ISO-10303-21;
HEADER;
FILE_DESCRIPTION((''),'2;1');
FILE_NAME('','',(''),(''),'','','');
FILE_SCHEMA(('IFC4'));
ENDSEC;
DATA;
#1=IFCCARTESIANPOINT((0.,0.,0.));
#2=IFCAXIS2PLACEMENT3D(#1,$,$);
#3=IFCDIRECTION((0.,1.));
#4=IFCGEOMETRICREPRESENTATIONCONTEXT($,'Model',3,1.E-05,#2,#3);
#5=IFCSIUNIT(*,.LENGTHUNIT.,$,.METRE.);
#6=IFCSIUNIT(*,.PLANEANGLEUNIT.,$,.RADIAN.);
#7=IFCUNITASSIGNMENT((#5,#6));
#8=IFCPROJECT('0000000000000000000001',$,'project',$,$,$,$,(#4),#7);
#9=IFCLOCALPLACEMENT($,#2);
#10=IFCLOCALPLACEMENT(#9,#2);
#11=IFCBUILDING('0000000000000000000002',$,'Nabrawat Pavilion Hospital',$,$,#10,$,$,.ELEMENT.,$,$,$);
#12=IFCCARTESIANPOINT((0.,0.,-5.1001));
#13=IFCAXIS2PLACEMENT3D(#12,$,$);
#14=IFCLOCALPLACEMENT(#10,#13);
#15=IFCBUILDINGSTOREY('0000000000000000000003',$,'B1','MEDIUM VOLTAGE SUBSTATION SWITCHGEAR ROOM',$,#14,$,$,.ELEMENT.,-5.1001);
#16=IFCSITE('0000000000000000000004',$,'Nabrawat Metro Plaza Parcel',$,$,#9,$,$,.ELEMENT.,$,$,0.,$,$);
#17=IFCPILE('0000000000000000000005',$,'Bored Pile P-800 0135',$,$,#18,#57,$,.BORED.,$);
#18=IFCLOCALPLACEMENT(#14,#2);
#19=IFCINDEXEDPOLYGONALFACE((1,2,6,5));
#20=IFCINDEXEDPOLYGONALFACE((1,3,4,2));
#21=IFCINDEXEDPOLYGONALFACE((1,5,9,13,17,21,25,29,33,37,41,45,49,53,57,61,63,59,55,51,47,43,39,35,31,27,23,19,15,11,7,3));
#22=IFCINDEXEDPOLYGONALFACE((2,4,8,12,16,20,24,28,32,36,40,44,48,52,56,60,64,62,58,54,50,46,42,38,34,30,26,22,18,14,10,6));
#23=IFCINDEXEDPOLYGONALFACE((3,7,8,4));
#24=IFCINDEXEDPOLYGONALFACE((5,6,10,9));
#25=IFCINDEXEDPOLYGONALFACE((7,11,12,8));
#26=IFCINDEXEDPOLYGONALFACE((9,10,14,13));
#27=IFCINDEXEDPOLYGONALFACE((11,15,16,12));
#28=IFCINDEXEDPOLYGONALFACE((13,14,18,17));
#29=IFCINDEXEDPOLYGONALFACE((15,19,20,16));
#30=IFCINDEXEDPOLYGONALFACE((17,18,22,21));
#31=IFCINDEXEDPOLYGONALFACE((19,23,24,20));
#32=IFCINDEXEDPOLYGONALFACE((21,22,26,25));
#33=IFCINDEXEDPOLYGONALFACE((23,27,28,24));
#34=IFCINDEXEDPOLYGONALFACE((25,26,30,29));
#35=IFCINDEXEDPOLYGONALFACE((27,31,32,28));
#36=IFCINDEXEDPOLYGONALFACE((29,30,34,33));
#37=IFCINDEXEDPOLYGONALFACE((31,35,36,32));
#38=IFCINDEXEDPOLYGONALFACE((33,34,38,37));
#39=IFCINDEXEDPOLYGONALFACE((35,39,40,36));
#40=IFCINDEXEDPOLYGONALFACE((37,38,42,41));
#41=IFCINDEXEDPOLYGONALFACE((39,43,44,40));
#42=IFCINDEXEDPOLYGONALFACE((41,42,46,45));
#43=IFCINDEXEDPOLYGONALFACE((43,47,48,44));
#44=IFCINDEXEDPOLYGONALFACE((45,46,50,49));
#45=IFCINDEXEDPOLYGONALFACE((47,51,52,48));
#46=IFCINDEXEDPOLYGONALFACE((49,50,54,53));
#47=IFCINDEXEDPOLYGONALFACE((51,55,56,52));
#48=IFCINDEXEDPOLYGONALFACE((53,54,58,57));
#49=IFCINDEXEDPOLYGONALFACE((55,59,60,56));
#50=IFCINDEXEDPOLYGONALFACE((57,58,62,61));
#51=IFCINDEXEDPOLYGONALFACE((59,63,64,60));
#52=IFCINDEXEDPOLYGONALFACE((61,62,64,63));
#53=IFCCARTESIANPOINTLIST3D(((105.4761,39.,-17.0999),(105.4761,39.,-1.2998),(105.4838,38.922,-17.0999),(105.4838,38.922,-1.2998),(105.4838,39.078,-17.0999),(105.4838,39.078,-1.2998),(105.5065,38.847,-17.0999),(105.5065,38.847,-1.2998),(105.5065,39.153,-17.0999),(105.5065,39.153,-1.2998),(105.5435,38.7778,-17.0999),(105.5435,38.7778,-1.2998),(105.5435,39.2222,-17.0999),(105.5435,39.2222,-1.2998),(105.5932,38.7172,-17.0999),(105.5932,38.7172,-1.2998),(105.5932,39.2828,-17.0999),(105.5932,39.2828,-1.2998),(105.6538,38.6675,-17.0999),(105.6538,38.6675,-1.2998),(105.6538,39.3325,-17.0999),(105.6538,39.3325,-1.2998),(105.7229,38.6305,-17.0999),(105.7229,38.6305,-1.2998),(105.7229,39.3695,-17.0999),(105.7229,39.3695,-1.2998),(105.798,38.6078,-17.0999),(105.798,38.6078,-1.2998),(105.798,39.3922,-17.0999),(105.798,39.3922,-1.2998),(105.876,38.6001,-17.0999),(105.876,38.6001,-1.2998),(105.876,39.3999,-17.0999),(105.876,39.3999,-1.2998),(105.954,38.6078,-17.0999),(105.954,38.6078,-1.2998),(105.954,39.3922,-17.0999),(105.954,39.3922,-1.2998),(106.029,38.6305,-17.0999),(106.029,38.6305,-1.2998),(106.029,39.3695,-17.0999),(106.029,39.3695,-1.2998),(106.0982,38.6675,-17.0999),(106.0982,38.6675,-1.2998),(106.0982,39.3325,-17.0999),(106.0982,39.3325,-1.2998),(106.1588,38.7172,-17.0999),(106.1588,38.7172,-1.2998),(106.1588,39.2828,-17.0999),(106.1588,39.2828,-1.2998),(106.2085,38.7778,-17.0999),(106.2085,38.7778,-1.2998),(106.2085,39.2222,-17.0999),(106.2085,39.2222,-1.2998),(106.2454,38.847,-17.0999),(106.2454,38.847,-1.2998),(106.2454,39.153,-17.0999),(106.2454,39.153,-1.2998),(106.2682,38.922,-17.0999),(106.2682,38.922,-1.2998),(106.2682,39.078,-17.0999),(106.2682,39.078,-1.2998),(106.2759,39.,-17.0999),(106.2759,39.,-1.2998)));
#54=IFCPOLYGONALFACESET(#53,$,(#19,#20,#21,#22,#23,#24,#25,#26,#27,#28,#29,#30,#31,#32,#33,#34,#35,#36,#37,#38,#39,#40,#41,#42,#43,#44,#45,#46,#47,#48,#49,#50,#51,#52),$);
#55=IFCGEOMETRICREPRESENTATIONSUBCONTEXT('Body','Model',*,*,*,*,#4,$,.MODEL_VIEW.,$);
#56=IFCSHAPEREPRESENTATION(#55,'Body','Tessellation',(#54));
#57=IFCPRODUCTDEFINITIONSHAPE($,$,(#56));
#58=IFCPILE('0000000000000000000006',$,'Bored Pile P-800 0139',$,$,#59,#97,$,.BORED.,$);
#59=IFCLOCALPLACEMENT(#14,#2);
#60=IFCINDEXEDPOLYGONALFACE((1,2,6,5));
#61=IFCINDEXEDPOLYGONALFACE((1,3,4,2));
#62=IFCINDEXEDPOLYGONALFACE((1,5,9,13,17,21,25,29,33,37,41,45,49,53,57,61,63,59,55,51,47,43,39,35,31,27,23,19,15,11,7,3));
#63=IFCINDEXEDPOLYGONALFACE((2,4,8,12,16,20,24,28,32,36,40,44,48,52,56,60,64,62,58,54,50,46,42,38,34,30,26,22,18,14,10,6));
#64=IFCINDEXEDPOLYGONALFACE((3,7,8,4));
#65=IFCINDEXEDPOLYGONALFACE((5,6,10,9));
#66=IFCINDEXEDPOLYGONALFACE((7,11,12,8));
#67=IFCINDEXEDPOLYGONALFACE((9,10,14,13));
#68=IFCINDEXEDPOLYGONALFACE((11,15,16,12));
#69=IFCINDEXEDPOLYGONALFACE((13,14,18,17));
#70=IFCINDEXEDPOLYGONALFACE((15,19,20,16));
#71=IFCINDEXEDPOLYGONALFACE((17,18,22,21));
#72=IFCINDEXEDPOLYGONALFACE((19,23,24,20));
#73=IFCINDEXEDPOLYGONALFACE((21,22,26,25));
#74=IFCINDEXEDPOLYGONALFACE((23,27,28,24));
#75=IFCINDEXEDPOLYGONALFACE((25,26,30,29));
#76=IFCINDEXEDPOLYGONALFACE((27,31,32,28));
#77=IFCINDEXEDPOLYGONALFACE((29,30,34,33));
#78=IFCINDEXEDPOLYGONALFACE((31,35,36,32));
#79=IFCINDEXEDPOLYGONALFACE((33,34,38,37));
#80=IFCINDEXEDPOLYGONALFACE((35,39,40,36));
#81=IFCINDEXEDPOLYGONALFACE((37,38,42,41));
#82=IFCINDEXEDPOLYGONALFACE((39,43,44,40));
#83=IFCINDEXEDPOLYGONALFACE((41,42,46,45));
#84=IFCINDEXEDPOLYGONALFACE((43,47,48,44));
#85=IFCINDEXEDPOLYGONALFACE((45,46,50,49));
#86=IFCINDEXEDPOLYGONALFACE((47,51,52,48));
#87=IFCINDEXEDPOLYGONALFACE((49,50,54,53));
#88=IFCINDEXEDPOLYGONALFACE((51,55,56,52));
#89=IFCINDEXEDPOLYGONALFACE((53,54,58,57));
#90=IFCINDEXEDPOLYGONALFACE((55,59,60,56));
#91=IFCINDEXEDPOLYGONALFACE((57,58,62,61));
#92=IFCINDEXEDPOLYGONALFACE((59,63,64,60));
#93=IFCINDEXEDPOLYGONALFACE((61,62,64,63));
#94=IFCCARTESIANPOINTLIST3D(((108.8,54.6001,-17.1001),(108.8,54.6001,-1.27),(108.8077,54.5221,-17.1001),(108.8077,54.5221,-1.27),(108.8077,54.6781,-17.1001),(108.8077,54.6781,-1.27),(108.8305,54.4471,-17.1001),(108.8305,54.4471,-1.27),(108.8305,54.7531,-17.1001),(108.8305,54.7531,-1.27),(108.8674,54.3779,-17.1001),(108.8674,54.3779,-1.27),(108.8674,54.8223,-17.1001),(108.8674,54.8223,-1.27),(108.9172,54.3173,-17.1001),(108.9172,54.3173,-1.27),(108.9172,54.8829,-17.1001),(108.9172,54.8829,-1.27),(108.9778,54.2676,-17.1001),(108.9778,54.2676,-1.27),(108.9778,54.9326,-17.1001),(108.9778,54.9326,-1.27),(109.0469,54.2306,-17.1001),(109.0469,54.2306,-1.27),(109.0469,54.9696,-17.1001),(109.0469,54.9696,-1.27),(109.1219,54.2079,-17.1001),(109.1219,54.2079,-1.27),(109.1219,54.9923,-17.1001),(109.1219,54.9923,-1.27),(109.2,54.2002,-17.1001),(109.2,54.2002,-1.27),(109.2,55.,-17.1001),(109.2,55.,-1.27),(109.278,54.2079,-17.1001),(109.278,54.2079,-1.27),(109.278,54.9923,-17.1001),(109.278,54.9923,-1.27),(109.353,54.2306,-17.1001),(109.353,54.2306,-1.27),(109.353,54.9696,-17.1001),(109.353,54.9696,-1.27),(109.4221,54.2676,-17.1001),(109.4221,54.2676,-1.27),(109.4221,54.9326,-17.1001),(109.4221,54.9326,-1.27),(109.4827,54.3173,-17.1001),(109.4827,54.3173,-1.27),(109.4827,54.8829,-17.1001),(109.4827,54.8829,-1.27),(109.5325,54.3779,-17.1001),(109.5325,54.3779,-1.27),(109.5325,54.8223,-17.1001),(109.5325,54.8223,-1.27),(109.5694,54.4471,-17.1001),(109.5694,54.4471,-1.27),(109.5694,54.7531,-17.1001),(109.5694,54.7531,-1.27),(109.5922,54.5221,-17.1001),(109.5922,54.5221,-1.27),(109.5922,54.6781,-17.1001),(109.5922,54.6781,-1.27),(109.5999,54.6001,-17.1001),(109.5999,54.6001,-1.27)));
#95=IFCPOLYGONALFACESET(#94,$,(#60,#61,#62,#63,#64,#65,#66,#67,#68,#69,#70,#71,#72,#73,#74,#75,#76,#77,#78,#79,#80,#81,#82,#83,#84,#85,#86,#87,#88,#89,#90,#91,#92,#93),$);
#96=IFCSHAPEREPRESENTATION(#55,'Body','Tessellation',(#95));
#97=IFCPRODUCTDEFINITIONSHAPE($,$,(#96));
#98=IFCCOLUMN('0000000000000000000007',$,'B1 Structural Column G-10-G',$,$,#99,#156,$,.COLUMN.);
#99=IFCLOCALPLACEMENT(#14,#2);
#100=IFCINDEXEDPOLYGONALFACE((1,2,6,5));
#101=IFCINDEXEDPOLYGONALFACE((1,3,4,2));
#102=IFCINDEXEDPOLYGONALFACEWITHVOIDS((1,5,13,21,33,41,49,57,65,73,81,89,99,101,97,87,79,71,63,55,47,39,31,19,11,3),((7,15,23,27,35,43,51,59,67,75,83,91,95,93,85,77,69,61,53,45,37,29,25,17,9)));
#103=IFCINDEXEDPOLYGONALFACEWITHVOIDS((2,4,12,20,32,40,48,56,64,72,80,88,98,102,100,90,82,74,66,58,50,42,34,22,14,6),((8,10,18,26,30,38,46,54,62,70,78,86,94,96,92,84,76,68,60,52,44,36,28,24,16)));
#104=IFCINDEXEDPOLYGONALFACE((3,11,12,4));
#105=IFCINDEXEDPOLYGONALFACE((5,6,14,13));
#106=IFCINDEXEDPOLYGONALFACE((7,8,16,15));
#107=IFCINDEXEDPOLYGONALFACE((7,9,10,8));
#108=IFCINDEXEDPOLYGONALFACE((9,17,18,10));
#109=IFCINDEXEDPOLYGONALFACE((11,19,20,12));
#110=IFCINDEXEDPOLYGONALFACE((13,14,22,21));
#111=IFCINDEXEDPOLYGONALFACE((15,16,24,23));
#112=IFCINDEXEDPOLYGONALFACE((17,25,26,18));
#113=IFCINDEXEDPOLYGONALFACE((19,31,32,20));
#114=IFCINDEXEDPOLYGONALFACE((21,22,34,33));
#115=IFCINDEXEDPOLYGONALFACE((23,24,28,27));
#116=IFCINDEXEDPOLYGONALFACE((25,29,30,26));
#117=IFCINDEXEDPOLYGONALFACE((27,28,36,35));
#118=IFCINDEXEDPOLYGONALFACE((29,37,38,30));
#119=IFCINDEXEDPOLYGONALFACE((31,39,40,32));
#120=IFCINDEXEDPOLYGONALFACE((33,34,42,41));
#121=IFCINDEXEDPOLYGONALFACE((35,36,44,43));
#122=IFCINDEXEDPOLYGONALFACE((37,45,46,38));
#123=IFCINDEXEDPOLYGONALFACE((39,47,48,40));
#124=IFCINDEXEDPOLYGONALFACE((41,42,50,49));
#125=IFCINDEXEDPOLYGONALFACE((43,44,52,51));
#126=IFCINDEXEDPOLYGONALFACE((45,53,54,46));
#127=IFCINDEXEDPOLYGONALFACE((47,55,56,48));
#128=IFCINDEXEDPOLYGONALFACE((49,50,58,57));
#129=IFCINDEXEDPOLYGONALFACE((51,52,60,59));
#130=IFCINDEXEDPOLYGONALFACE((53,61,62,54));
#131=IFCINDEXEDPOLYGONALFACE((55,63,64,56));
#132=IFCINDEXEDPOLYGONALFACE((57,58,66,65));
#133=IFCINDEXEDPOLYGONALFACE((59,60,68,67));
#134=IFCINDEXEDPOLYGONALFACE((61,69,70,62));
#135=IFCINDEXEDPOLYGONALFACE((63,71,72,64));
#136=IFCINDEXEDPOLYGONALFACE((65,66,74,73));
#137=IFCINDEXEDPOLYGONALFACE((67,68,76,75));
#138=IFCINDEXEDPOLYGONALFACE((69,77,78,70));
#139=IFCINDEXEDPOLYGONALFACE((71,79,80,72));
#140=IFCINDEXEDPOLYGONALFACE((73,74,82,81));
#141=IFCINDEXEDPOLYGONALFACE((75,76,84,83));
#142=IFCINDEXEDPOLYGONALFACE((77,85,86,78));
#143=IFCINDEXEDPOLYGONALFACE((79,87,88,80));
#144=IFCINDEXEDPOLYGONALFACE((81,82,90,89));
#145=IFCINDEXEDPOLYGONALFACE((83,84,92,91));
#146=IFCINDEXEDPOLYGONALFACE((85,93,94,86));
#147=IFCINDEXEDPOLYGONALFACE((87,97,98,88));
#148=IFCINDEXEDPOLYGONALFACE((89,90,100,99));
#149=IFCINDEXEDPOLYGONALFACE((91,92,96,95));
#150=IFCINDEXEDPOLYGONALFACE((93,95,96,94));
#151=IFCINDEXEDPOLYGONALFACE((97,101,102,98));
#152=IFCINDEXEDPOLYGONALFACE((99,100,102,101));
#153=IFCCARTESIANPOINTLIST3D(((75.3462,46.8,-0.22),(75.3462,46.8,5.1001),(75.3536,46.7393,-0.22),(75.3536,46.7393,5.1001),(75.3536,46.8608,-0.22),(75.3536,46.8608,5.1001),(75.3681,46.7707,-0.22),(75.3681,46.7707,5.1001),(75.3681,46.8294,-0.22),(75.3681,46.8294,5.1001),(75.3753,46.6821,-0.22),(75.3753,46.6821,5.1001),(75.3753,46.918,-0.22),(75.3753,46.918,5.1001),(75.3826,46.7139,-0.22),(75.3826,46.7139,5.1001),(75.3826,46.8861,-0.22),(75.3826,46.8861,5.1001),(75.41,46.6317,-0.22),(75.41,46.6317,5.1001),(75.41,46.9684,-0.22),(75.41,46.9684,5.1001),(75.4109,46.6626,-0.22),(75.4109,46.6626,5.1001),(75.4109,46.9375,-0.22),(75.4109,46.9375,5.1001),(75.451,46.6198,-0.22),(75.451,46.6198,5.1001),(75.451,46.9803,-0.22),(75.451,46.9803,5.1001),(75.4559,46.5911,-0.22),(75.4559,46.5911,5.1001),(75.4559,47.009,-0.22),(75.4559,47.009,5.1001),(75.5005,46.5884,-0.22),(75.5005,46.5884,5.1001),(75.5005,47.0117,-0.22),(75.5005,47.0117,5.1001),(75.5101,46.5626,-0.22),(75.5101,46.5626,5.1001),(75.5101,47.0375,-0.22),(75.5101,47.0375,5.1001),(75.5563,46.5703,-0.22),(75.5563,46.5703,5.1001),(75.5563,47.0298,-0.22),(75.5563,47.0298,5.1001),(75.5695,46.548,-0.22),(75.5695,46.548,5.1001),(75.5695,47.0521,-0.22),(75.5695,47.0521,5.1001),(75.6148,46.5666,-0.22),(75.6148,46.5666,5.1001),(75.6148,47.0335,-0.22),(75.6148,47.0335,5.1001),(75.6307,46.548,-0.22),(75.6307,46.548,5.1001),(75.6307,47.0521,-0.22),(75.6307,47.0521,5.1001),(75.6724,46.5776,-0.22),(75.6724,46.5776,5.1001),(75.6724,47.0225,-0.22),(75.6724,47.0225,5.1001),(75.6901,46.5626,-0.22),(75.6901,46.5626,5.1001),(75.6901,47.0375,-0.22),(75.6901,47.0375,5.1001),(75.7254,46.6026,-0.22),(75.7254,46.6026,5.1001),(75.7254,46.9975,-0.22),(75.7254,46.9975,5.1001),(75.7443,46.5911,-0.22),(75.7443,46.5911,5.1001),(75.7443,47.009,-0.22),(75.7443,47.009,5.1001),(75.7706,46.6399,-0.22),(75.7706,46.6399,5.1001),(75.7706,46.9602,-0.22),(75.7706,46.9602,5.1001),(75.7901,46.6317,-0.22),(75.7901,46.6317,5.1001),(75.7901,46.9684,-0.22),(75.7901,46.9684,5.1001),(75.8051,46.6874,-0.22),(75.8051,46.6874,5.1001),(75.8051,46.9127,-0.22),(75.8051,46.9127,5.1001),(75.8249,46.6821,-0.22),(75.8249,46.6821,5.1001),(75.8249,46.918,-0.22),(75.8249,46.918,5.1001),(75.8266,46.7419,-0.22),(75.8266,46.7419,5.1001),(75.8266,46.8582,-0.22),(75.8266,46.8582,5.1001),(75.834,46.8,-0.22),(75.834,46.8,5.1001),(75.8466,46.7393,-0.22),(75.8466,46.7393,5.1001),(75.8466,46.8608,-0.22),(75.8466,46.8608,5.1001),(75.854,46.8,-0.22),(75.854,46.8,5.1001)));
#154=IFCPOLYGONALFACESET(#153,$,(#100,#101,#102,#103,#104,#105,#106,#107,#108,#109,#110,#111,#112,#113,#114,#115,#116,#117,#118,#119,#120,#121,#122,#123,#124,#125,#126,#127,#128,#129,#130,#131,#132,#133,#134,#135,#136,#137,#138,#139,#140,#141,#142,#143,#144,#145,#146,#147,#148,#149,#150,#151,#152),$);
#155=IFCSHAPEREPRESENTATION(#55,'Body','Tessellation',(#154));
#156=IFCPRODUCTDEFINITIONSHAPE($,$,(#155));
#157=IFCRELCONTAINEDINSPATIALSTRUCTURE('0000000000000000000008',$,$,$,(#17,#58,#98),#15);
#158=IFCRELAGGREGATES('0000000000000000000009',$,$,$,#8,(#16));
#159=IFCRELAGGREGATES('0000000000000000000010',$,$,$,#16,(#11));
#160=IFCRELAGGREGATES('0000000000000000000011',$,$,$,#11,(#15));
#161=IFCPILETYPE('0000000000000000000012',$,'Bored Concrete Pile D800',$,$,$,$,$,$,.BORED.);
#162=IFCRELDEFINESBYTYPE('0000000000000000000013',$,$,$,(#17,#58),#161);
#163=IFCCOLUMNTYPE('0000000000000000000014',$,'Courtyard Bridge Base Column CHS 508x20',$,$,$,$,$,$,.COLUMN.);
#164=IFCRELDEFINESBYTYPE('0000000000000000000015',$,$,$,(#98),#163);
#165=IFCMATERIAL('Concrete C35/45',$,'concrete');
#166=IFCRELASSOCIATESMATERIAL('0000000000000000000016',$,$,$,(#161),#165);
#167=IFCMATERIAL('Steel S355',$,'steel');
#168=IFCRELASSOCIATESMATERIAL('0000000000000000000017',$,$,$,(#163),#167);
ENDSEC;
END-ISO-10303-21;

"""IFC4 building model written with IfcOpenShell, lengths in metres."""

from ifc_helpers import new_model, si_unit, direction, frame, origin, origin_2d, place, context, subcontext, project, spatial, circle, hollow_circle, extrude, material, material_profile, profile_set, type_object, element, save


model = new_model("IFC4")

# Units and contexts
model_context = context("Model", 3, precision=1e-05, world=origin(), true_north=direction((0.0, 1.0)))
body_context = subcontext(model_context, "Body", "Model", "MODEL_VIEW")
ifc_project = project(units=[si_unit("LENGTHUNIT", "METRE"), si_unit("PLANEANGLEUNIT", "RADIAN")], contexts=[model_context])

# Site, building, storey
site_placement = place(None, origin())
site = spatial("IfcSite", under=ifc_project, at=site_placement, Name="Nabrawat Metro Plaza Parcel", CompositionType="ELEMENT", RefElevation=0.0)
building_placement = place(site_placement, origin())
building = spatial("IfcBuilding", under=site, at=building_placement, Name="Nabrawat Pavilion Hospital", CompositionType="ELEMENT")
storey_placement = place(building_placement, frame((0.0, 0.0, -5.1001)))
storey = spatial("IfcBuildingStorey", under=building, at=storey_placement, Name="B1", Description="MEDIUM VOLTAGE SUBSTATION SWITCHGEAR ROOM", CompositionType="ELEMENT", Elevation=-5.1001)

# Piles
ifc_material_1 = material(Name="Concrete C35/45", Category="concrete")
ifc_material_profile_1 = material_profile(ifc_material_1, circle(Radius=0.3999, at=origin_2d()), Name="DIA 800")
ifc_profile_set_1 = profile_set([ifc_material_profile_1], Name="Concrete C35/45")
pile_type_1 = type_object("IfcPileType", Name="Bored Concrete Pile D800", PredefinedType="BORED", material=ifc_profile_set_1)
pile_1_placement = place(storey_placement, frame((105.876, 39.0, -1.2998), z_axis=(0.0, 0.0, -1.0), x_axis=(1.0, 0.0, 0.0)))
element("IfcPile", 1, at=pile_1_placement, inside=storey, type_object=pile_type_1, Name="Bored Pile P-800 0135", PredefinedType="BORED", context=body_context, shape_type="SweptSolid", body=[
    extrude(circle(Radius=0.3999, at=origin_2d()), origin(), (0.0, 0.0, 1.0), 15.8),
])
pile_2_placement = place(storey_placement, frame((109.2, 54.6001, -1.27), z_axis=(0.0, 0.0, -1.0), x_axis=(1.0, 0.0, 0.0)))
element("IfcPile", 2, at=pile_2_placement, inside=storey, type_object=pile_type_1, Name="Bored Pile P-800 0139", PredefinedType="BORED", context=body_context, shape_type="SweptSolid", body=[
    extrude(circle(Radius=0.3999, at=origin_2d()), origin(), (0.0, 0.0, 1.0), 15.8301),
])

# Column
ifc_material_2 = material(Name="Steel S355", Category="steel")
ifc_material_profile_2 = material_profile(ifc_material_2, hollow_circle(Radius=0.2539, WallThickness=0.02, at=origin_2d()), Name="CHS 508x20")
ifc_profile_set_2 = profile_set([ifc_material_profile_2], Name="Steel S355")
column_type_1 = type_object("IfcColumnType", Name="Courtyard Bridge Base Column CHS 508x20", PredefinedType="COLUMN", material=ifc_profile_set_2)
for number, where, z_axis, x_axis, name in (
    (3, (75.6001, 46.8, -0.22), (0.0, 0.0, 1.0), (1.0, 0.0, 0.0), "B1 Structural Column G-10-G"),
):
    element("IfcColumn", number, at=place(storey_placement, frame(where, z_axis=z_axis, x_axis=x_axis)), inside=storey, type_object=column_type_1, Name=name, PredefinedType="COLUMN", context=body_context, shape_type="SweptSolid", body=[
        extrude(hollow_circle(Radius=0.2539, WallThickness=0.02, at=origin_2d()), origin(), (0.0, 0.0, 1.0), 5.3201),
    ])

save(model, "model.ifc")
